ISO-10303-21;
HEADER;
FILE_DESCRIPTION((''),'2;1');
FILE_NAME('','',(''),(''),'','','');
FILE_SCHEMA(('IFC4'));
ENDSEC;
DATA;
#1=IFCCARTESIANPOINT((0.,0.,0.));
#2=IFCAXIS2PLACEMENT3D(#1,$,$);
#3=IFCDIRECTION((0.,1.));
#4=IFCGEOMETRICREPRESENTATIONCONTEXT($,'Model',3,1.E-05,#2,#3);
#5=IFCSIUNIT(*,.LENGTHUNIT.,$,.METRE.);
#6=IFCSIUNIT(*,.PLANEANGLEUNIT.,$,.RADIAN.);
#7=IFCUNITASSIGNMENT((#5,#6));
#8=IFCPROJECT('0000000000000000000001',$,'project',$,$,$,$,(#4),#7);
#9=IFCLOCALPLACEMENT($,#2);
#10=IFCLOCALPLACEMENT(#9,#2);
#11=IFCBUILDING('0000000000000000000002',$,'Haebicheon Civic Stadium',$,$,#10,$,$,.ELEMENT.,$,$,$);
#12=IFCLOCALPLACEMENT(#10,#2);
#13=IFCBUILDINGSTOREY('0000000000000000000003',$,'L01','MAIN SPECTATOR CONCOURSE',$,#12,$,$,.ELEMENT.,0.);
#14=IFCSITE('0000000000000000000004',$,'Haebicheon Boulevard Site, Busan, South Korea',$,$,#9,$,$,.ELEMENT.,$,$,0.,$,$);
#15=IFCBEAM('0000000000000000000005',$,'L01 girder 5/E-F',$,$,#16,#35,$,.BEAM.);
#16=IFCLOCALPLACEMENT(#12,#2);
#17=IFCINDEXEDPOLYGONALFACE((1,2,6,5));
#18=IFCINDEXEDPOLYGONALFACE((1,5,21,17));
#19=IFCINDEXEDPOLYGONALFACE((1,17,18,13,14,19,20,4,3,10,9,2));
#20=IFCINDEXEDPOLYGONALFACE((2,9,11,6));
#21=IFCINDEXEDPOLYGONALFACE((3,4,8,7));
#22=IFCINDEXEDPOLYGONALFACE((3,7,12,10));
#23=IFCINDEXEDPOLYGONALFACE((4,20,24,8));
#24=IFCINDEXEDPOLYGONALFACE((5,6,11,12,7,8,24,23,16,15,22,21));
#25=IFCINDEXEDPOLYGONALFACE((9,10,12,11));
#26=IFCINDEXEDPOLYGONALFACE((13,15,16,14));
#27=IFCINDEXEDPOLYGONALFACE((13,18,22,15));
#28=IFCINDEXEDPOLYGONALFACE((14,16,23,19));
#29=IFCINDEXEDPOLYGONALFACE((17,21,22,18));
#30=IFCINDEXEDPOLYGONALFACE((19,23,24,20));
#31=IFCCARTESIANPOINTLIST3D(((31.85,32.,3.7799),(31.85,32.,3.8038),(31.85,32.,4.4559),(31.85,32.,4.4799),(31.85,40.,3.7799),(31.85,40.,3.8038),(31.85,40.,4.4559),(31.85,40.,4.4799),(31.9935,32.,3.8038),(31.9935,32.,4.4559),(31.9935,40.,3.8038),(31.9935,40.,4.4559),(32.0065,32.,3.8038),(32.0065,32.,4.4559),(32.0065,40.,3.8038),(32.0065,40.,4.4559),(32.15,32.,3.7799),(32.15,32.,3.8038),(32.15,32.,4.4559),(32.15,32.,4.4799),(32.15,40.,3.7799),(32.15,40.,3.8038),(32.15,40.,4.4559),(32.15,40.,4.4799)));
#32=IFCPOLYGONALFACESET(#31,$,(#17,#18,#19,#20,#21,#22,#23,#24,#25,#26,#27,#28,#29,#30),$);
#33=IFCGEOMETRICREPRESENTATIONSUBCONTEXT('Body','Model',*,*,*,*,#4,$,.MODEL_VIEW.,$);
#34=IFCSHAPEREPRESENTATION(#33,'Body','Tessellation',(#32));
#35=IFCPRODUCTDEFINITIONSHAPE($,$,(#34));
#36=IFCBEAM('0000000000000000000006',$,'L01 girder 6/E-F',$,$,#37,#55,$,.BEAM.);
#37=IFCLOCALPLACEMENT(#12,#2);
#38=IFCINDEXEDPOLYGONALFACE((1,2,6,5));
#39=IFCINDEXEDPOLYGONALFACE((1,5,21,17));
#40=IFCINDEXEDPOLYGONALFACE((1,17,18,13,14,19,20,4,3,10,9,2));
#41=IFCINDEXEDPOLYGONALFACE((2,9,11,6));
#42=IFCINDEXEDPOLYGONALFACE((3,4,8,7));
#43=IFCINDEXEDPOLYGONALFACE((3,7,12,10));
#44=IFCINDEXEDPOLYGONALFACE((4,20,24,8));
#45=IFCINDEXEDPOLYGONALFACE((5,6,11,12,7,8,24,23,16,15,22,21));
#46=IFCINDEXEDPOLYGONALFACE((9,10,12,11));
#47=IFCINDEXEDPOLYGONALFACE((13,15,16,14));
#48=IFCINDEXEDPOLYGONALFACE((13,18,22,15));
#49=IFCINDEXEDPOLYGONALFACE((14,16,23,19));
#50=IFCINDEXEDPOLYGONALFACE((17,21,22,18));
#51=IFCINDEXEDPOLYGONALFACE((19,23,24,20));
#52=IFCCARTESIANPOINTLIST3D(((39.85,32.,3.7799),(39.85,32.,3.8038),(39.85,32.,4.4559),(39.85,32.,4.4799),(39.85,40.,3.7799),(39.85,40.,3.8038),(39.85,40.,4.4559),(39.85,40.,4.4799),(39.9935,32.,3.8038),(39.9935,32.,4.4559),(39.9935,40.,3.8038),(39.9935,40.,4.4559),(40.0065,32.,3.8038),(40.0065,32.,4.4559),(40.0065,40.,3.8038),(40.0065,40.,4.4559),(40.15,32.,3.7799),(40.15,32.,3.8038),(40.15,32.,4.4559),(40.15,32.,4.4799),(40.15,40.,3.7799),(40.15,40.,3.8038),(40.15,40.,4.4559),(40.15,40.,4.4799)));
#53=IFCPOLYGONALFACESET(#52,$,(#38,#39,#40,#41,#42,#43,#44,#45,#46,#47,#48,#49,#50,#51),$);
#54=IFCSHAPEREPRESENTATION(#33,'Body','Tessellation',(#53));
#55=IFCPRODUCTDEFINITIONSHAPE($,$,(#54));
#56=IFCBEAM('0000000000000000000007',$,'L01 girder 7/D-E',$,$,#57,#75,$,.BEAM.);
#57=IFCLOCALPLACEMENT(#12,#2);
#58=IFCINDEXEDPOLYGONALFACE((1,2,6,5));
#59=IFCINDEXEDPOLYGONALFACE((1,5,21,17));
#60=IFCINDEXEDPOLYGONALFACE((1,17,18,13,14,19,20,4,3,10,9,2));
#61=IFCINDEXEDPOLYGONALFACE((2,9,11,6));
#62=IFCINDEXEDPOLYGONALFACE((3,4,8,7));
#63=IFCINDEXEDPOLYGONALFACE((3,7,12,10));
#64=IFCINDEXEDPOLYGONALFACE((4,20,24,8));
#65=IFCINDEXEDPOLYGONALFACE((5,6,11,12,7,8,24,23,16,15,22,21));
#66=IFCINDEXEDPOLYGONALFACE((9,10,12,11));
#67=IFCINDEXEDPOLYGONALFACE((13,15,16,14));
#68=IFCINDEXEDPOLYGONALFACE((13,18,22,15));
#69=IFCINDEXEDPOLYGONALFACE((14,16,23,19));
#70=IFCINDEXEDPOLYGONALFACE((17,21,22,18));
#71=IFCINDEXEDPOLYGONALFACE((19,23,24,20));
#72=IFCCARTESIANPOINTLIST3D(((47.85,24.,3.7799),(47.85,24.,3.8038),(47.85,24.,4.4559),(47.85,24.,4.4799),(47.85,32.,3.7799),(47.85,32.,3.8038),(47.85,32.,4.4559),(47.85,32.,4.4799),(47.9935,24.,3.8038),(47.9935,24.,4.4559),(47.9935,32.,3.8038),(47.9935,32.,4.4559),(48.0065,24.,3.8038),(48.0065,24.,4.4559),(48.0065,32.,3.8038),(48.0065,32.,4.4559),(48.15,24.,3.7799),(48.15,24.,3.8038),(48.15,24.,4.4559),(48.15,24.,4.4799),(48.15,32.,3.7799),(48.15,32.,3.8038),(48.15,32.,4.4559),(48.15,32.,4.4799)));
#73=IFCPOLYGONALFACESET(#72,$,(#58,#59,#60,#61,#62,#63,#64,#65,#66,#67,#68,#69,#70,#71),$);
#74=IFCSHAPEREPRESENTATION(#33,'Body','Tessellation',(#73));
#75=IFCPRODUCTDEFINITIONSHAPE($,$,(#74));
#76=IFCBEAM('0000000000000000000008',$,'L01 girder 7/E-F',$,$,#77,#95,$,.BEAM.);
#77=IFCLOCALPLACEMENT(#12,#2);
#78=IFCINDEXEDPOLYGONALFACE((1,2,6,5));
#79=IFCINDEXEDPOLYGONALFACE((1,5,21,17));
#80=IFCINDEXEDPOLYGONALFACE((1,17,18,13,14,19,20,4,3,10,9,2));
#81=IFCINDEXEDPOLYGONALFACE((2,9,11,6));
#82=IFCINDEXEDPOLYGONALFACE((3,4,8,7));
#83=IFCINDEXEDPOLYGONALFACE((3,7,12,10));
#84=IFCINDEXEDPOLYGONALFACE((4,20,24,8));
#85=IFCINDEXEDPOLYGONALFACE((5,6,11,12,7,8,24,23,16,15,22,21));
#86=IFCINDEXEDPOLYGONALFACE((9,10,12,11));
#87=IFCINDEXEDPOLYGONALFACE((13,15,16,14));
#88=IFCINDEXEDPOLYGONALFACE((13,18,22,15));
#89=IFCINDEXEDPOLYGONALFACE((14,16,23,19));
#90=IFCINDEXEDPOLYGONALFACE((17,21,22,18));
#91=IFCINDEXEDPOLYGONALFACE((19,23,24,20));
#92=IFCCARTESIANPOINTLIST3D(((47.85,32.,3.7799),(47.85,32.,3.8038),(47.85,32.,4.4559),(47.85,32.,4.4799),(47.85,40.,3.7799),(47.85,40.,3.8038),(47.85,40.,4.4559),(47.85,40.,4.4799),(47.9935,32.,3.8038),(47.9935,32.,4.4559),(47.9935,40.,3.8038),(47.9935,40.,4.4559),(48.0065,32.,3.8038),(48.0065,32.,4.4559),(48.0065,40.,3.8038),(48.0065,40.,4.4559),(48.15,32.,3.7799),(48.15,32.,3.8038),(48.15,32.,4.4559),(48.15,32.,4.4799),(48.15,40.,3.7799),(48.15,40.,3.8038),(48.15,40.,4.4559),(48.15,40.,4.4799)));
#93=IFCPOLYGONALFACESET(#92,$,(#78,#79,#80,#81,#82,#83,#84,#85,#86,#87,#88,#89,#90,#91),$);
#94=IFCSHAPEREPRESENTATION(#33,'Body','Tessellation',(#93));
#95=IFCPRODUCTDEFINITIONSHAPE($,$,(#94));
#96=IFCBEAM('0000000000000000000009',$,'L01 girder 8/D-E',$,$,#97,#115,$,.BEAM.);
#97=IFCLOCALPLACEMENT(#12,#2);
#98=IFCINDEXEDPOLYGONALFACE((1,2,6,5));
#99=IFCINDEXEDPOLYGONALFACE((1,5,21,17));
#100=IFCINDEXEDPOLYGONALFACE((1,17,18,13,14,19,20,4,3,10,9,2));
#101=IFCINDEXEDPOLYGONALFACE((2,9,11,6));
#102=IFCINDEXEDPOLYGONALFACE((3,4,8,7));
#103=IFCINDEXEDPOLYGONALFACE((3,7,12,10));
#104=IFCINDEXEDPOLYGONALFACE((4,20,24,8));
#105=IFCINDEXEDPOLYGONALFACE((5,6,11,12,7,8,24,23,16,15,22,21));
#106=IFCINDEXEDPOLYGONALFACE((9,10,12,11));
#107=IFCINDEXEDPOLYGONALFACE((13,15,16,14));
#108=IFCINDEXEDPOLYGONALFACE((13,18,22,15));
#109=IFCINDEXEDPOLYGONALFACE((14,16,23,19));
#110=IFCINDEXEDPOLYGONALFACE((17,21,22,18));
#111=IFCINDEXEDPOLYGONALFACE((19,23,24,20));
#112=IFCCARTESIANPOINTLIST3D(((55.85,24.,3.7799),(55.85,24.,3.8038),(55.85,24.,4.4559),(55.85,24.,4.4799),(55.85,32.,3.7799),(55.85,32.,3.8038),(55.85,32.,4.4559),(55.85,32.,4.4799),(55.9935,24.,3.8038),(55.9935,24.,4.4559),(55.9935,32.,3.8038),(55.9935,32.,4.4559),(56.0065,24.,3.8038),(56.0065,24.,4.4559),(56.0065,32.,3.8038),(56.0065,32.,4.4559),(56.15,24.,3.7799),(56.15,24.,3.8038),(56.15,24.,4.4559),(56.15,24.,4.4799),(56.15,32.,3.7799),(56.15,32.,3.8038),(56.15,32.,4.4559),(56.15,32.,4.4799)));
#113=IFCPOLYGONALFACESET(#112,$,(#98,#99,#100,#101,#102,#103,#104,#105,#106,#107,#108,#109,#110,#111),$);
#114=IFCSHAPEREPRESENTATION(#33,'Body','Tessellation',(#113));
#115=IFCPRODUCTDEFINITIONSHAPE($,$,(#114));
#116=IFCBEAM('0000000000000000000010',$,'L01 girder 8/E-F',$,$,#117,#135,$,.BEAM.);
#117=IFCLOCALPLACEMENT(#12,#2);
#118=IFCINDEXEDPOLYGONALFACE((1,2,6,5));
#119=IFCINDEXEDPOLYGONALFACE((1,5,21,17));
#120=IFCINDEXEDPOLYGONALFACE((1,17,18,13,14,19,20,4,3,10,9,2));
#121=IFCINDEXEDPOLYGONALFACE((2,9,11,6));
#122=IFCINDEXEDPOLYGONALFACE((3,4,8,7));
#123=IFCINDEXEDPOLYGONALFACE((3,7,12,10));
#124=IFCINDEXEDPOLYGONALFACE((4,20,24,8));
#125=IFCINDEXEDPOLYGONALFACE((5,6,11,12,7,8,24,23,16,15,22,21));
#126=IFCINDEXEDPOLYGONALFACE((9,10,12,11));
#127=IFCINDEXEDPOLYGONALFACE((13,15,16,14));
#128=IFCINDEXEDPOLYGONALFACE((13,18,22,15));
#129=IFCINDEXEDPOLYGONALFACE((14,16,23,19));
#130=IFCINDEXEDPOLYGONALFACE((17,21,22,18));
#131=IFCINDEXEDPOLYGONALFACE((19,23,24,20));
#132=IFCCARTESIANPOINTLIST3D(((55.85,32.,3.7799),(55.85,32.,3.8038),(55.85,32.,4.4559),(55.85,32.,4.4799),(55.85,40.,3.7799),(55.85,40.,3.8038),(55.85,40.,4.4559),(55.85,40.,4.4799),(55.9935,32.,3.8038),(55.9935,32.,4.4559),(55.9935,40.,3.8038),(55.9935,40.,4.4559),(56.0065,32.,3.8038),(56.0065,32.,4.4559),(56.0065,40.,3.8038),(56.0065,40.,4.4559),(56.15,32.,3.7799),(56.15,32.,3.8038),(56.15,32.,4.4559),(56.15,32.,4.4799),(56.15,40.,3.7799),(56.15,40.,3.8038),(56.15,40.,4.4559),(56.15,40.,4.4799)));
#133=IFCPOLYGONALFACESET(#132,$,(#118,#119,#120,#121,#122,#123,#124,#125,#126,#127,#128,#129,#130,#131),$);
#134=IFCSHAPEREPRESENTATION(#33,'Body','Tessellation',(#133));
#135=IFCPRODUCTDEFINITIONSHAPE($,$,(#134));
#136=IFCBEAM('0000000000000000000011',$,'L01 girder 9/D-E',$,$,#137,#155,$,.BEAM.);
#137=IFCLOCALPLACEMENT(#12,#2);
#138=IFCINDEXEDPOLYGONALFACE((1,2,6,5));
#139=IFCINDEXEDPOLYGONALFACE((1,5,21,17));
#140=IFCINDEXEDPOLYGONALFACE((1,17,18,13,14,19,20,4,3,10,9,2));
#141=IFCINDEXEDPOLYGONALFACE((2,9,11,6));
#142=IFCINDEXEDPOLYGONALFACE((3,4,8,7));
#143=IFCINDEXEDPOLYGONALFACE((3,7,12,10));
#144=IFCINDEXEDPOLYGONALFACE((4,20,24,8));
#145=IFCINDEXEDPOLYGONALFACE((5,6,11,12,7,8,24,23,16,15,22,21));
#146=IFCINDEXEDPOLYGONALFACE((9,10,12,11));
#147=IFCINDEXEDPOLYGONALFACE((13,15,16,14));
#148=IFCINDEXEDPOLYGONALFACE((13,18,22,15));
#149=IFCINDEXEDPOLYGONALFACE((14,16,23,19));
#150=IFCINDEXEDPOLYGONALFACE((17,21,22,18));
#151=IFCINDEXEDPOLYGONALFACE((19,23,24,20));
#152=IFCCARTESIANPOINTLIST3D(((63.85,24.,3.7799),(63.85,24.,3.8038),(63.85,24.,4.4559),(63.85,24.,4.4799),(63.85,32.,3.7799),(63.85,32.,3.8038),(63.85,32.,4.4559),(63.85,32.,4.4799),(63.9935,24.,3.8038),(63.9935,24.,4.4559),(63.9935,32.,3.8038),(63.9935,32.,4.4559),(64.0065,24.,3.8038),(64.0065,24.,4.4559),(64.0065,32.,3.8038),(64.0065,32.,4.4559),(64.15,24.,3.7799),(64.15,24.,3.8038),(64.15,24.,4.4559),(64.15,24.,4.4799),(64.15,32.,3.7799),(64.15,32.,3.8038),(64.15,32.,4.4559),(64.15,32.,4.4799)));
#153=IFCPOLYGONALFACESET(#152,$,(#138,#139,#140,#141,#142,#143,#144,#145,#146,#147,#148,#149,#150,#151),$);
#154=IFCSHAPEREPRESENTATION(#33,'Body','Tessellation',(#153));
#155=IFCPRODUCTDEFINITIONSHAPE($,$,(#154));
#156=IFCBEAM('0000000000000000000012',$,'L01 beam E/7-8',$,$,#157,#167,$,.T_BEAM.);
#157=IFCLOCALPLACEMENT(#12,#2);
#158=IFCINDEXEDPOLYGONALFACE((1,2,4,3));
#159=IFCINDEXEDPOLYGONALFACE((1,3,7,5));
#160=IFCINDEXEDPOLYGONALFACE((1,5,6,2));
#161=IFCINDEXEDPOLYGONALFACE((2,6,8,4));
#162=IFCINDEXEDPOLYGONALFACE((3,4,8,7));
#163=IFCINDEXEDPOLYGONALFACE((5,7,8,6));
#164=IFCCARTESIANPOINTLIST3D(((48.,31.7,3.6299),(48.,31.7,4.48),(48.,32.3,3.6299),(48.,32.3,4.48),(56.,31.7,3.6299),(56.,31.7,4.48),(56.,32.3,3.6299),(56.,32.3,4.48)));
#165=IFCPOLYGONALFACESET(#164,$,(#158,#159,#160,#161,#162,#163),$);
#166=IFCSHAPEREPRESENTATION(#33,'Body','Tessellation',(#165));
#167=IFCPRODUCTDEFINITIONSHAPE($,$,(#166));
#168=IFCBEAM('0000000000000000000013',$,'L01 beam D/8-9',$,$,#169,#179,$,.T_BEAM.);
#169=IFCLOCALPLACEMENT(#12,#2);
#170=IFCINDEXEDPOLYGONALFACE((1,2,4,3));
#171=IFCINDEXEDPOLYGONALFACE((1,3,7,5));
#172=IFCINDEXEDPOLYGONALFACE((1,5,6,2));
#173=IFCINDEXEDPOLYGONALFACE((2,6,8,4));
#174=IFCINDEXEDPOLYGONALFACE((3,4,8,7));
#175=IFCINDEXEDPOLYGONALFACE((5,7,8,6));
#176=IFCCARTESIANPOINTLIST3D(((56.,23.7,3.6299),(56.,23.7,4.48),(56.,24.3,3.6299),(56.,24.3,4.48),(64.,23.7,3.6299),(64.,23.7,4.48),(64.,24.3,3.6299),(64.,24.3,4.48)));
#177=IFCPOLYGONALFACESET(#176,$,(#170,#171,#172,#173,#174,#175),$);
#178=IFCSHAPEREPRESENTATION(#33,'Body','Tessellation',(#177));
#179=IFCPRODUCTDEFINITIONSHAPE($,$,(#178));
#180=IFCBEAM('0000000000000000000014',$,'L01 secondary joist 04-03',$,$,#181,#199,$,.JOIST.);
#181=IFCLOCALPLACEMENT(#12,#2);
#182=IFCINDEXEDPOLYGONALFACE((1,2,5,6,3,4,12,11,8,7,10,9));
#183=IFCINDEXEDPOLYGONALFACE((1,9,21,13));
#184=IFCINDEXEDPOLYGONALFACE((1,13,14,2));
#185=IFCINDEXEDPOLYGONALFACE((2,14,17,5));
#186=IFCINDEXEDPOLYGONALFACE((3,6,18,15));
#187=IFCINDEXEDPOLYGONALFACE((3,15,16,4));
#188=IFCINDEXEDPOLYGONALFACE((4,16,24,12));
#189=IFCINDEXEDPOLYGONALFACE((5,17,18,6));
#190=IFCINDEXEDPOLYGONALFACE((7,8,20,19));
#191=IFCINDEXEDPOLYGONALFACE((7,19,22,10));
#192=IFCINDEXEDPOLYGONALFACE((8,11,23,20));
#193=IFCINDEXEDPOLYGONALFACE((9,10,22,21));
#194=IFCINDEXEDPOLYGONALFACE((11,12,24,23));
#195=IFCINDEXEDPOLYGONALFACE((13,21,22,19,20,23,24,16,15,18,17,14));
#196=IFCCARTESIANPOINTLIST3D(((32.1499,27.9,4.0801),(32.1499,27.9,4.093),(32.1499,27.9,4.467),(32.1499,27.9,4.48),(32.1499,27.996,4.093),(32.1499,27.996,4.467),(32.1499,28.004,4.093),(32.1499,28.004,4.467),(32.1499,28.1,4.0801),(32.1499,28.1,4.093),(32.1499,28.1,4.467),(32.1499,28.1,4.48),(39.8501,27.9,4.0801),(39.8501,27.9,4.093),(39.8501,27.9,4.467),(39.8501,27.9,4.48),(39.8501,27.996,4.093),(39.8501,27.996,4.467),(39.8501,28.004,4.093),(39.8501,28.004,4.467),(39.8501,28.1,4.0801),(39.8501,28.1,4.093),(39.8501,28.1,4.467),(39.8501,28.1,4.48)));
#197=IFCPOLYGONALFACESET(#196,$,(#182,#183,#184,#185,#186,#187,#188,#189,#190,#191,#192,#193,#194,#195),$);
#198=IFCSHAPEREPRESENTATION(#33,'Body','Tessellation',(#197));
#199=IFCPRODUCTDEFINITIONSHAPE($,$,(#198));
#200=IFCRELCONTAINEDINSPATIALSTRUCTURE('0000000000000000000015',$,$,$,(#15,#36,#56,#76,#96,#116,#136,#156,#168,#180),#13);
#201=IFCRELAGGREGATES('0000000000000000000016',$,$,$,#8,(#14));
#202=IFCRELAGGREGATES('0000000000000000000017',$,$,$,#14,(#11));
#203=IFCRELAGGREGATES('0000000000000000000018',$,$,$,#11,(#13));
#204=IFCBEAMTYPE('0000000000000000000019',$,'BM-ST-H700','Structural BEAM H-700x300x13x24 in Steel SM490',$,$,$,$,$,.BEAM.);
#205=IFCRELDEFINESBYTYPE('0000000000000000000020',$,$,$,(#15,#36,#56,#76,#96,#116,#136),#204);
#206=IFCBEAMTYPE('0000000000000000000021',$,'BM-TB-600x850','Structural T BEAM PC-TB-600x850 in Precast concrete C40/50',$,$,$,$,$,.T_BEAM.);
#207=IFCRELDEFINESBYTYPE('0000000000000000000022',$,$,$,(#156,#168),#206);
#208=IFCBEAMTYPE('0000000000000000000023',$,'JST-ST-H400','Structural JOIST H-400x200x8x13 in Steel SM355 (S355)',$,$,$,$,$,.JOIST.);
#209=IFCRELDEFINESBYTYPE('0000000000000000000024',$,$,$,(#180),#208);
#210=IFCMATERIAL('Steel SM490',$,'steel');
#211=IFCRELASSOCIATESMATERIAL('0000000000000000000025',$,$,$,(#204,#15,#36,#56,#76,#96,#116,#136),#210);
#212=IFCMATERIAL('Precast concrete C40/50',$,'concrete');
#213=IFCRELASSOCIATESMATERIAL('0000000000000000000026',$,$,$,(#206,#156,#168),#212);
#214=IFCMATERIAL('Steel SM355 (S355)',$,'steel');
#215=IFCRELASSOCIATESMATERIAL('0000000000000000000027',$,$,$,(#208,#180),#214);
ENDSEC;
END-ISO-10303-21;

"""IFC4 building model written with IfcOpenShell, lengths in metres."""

from ifc_helpers import new_model, si_unit, direction, frame, origin, origin_2d, place, context, subcontext, project, spatial, rectangle, i_section, extrude, material, material_profile, profile_set, type_object, element, save


model = new_model("IFC4")

# Units and contexts
model_context = context("Model", 3, precision=1e-05, world=origin(), true_north=direction((0.0, 1.0)))
body_context = subcontext(model_context, "Body", "Model", "MODEL_VIEW")
ifc_project = project(units=[si_unit("LENGTHUNIT", "METRE"), si_unit("PLANEANGLEUNIT", "RADIAN")], contexts=[model_context])

# Site, building, storey
site_placement = place(None, origin())
site = spatial("IfcSite", under=ifc_project, at=site_placement, Name="Haebicheon Boulevard Site, Busan, South Korea", CompositionType="ELEMENT", RefElevation=0.0)
building_placement = place(site_placement, origin())
building = spatial("IfcBuilding", under=site, at=building_placement, Name="Haebicheon Civic Stadium", CompositionType="ELEMENT")
storey_placement = place(building_placement, origin())
storey = spatial("IfcBuildingStorey", under=building, at=storey_placement, Name="L01", Description="MAIN SPECTATOR CONCOURSE", CompositionType="ELEMENT", Elevation=0.0)

# Beams
ifc_material_1 = material(Name="Steel SM490", Category="steel")
ifc_material_profile_1 = material_profile(ifc_material_1, i_section(OverallWidth=0.3, OverallDepth=0.7, WebThickness=0.0129, FlangeThickness=0.0239, at=origin_2d()), Name="H-700x300x13x24")
ifc_profile_set_1 = profile_set([ifc_material_profile_1], Name="Steel SM490")
beam_type_1 = type_object("IfcBeamType", Name="BM-ST-H700", Description="Structural BEAM H-700x300x13x24 in Steel SM490", PredefinedType="BEAM", material=ifc_profile_set_1)
for number, where, z_axis, x_axis, name in (
    (1, (32.0, 32.0, 4.1299), (0.0, 1.0, 0.0), (-1.0, 0.0, 0.0), "L01 girder 5/E-F"),
    (2, (40.0, 32.0, 4.1299), (0.0, 1.0, 0.0), (-1.0, 0.0, 0.0), "L01 girder 6/E-F"),
    (3, (48.0, 24.0, 4.1299), (0.0, 1.0, 0.0), (-1.0, 0.0, 0.0), "L01 girder 7/D-E"),
    (4, (48.0, 32.0, 4.1299), (0.0, 1.0, 0.0), (-1.0, 0.0, 0.0), "L01 girder 7/E-F"),
    (5, (56.0, 24.0, 4.1299), (0.0, 1.0, 0.0), (-1.0, 0.0, 0.0), "L01 girder 8/D-E"),
    (6, (56.0, 32.0, 4.1299), (0.0, 1.0, 0.0), (-1.0, 0.0, 0.0), "L01 girder 8/E-F"),
    (7, (64.0, 24.0, 4.1299), (0.0, 1.0, 0.0), (-1.0, 0.0, 0.0), "L01 girder 9/D-E"),
):
    element("IfcBeam", number, at=place(storey_placement, frame(where, z_axis=z_axis, x_axis=x_axis)), inside=storey, type_object=beam_type_1, material=ifc_profile_set_1, Name=name, PredefinedType="BEAM", context=body_context, shape_type="SweptSolid", body=[
        extrude(i_section(OverallWidth=0.3, OverallDepth=0.7, WebThickness=0.0129, FlangeThickness=0.0239, at=origin_2d()), origin(), (0.0, 0.0, 1.0), 8.0),
    ])
ifc_material_2 = material(Name="Precast concrete C40/50", Category="concrete")
ifc_material_profile_2 = material_profile(ifc_material_2, rectangle(XDim=0.6001, YDim=0.8501, at=origin_2d()), Name="PC-TB-600x850")
ifc_profile_set_2 = profile_set([ifc_material_profile_2], Name="Precast concrete C40/50")
beam_type_2 = type_object("IfcBeamType", Name="BM-TB-600x850", Description="Structural T BEAM PC-TB-600x850 in Precast concrete C40/50", PredefinedType="T_BEAM", material=ifc_profile_set_2)
for number, where, z_axis, x_axis, name in (
    (8, (48.0, 32.0, 4.0549), (1.0, 0.0, 0.0), (0.0, 1.0, 0.0), "L01 beam E/7-8"),
    (9, (56.0, 24.0, 4.0549), (1.0, 0.0, 0.0), (0.0, 1.0, 0.0), "L01 beam D/8-9"),
):
    element("IfcBeam", number, at=place(storey_placement, frame(where, z_axis=z_axis, x_axis=x_axis)), inside=storey, type_object=beam_type_2, material=ifc_profile_set_2, Name=name, PredefinedType="T_BEAM", context=body_context, shape_type="SweptSolid", body=[
        extrude(rectangle(XDim=0.6001, YDim=0.8501, at=origin_2d()), origin(), (0.0, 0.0, 1.0), 8.0),
    ])
ifc_material_3 = material(Name="Steel SM355 (S355)", Category="steel")
ifc_material_profile_3 = material_profile(ifc_material_3, i_section(OverallWidth=0.2, OverallDepth=0.3999, WebThickness=0.0081, FlangeThickness=0.0129, at=origin_2d()), Name="H-400x200x8x13")
ifc_profile_set_3 = profile_set([ifc_material_profile_3], Name="Steel SM355 (S355)")
beam_type_3 = type_object("IfcBeamType", Name="JST-ST-H400", Description="Structural JOIST H-400x200x8x13 in Steel SM355 (S355)", PredefinedType="JOIST", material=ifc_profile_set_3)
for number, where, z_axis, x_axis, name in (
    (10, (32.1499, 28.0, 4.28), (1.0, 0.0, 0.0), (0.0, 1.0, 0.0), "L01 secondary joist 04-03"),
):
    element("IfcBeam", number, at=place(storey_placement, frame(where, z_axis=z_axis, x_axis=x_axis)), inside=storey, type_object=beam_type_3, material=ifc_profile_set_3, Name=name, PredefinedType="JOIST", context=body_context, shape_type="SweptSolid", body=[
        extrude(i_section(OverallWidth=0.2, OverallDepth=0.3999, WebThickness=0.0081, FlangeThickness=0.0129, at=origin_2d()), origin(), (0.0, 0.0, 1.0), 7.7002),
    ])

save(model, "model.ifc")
